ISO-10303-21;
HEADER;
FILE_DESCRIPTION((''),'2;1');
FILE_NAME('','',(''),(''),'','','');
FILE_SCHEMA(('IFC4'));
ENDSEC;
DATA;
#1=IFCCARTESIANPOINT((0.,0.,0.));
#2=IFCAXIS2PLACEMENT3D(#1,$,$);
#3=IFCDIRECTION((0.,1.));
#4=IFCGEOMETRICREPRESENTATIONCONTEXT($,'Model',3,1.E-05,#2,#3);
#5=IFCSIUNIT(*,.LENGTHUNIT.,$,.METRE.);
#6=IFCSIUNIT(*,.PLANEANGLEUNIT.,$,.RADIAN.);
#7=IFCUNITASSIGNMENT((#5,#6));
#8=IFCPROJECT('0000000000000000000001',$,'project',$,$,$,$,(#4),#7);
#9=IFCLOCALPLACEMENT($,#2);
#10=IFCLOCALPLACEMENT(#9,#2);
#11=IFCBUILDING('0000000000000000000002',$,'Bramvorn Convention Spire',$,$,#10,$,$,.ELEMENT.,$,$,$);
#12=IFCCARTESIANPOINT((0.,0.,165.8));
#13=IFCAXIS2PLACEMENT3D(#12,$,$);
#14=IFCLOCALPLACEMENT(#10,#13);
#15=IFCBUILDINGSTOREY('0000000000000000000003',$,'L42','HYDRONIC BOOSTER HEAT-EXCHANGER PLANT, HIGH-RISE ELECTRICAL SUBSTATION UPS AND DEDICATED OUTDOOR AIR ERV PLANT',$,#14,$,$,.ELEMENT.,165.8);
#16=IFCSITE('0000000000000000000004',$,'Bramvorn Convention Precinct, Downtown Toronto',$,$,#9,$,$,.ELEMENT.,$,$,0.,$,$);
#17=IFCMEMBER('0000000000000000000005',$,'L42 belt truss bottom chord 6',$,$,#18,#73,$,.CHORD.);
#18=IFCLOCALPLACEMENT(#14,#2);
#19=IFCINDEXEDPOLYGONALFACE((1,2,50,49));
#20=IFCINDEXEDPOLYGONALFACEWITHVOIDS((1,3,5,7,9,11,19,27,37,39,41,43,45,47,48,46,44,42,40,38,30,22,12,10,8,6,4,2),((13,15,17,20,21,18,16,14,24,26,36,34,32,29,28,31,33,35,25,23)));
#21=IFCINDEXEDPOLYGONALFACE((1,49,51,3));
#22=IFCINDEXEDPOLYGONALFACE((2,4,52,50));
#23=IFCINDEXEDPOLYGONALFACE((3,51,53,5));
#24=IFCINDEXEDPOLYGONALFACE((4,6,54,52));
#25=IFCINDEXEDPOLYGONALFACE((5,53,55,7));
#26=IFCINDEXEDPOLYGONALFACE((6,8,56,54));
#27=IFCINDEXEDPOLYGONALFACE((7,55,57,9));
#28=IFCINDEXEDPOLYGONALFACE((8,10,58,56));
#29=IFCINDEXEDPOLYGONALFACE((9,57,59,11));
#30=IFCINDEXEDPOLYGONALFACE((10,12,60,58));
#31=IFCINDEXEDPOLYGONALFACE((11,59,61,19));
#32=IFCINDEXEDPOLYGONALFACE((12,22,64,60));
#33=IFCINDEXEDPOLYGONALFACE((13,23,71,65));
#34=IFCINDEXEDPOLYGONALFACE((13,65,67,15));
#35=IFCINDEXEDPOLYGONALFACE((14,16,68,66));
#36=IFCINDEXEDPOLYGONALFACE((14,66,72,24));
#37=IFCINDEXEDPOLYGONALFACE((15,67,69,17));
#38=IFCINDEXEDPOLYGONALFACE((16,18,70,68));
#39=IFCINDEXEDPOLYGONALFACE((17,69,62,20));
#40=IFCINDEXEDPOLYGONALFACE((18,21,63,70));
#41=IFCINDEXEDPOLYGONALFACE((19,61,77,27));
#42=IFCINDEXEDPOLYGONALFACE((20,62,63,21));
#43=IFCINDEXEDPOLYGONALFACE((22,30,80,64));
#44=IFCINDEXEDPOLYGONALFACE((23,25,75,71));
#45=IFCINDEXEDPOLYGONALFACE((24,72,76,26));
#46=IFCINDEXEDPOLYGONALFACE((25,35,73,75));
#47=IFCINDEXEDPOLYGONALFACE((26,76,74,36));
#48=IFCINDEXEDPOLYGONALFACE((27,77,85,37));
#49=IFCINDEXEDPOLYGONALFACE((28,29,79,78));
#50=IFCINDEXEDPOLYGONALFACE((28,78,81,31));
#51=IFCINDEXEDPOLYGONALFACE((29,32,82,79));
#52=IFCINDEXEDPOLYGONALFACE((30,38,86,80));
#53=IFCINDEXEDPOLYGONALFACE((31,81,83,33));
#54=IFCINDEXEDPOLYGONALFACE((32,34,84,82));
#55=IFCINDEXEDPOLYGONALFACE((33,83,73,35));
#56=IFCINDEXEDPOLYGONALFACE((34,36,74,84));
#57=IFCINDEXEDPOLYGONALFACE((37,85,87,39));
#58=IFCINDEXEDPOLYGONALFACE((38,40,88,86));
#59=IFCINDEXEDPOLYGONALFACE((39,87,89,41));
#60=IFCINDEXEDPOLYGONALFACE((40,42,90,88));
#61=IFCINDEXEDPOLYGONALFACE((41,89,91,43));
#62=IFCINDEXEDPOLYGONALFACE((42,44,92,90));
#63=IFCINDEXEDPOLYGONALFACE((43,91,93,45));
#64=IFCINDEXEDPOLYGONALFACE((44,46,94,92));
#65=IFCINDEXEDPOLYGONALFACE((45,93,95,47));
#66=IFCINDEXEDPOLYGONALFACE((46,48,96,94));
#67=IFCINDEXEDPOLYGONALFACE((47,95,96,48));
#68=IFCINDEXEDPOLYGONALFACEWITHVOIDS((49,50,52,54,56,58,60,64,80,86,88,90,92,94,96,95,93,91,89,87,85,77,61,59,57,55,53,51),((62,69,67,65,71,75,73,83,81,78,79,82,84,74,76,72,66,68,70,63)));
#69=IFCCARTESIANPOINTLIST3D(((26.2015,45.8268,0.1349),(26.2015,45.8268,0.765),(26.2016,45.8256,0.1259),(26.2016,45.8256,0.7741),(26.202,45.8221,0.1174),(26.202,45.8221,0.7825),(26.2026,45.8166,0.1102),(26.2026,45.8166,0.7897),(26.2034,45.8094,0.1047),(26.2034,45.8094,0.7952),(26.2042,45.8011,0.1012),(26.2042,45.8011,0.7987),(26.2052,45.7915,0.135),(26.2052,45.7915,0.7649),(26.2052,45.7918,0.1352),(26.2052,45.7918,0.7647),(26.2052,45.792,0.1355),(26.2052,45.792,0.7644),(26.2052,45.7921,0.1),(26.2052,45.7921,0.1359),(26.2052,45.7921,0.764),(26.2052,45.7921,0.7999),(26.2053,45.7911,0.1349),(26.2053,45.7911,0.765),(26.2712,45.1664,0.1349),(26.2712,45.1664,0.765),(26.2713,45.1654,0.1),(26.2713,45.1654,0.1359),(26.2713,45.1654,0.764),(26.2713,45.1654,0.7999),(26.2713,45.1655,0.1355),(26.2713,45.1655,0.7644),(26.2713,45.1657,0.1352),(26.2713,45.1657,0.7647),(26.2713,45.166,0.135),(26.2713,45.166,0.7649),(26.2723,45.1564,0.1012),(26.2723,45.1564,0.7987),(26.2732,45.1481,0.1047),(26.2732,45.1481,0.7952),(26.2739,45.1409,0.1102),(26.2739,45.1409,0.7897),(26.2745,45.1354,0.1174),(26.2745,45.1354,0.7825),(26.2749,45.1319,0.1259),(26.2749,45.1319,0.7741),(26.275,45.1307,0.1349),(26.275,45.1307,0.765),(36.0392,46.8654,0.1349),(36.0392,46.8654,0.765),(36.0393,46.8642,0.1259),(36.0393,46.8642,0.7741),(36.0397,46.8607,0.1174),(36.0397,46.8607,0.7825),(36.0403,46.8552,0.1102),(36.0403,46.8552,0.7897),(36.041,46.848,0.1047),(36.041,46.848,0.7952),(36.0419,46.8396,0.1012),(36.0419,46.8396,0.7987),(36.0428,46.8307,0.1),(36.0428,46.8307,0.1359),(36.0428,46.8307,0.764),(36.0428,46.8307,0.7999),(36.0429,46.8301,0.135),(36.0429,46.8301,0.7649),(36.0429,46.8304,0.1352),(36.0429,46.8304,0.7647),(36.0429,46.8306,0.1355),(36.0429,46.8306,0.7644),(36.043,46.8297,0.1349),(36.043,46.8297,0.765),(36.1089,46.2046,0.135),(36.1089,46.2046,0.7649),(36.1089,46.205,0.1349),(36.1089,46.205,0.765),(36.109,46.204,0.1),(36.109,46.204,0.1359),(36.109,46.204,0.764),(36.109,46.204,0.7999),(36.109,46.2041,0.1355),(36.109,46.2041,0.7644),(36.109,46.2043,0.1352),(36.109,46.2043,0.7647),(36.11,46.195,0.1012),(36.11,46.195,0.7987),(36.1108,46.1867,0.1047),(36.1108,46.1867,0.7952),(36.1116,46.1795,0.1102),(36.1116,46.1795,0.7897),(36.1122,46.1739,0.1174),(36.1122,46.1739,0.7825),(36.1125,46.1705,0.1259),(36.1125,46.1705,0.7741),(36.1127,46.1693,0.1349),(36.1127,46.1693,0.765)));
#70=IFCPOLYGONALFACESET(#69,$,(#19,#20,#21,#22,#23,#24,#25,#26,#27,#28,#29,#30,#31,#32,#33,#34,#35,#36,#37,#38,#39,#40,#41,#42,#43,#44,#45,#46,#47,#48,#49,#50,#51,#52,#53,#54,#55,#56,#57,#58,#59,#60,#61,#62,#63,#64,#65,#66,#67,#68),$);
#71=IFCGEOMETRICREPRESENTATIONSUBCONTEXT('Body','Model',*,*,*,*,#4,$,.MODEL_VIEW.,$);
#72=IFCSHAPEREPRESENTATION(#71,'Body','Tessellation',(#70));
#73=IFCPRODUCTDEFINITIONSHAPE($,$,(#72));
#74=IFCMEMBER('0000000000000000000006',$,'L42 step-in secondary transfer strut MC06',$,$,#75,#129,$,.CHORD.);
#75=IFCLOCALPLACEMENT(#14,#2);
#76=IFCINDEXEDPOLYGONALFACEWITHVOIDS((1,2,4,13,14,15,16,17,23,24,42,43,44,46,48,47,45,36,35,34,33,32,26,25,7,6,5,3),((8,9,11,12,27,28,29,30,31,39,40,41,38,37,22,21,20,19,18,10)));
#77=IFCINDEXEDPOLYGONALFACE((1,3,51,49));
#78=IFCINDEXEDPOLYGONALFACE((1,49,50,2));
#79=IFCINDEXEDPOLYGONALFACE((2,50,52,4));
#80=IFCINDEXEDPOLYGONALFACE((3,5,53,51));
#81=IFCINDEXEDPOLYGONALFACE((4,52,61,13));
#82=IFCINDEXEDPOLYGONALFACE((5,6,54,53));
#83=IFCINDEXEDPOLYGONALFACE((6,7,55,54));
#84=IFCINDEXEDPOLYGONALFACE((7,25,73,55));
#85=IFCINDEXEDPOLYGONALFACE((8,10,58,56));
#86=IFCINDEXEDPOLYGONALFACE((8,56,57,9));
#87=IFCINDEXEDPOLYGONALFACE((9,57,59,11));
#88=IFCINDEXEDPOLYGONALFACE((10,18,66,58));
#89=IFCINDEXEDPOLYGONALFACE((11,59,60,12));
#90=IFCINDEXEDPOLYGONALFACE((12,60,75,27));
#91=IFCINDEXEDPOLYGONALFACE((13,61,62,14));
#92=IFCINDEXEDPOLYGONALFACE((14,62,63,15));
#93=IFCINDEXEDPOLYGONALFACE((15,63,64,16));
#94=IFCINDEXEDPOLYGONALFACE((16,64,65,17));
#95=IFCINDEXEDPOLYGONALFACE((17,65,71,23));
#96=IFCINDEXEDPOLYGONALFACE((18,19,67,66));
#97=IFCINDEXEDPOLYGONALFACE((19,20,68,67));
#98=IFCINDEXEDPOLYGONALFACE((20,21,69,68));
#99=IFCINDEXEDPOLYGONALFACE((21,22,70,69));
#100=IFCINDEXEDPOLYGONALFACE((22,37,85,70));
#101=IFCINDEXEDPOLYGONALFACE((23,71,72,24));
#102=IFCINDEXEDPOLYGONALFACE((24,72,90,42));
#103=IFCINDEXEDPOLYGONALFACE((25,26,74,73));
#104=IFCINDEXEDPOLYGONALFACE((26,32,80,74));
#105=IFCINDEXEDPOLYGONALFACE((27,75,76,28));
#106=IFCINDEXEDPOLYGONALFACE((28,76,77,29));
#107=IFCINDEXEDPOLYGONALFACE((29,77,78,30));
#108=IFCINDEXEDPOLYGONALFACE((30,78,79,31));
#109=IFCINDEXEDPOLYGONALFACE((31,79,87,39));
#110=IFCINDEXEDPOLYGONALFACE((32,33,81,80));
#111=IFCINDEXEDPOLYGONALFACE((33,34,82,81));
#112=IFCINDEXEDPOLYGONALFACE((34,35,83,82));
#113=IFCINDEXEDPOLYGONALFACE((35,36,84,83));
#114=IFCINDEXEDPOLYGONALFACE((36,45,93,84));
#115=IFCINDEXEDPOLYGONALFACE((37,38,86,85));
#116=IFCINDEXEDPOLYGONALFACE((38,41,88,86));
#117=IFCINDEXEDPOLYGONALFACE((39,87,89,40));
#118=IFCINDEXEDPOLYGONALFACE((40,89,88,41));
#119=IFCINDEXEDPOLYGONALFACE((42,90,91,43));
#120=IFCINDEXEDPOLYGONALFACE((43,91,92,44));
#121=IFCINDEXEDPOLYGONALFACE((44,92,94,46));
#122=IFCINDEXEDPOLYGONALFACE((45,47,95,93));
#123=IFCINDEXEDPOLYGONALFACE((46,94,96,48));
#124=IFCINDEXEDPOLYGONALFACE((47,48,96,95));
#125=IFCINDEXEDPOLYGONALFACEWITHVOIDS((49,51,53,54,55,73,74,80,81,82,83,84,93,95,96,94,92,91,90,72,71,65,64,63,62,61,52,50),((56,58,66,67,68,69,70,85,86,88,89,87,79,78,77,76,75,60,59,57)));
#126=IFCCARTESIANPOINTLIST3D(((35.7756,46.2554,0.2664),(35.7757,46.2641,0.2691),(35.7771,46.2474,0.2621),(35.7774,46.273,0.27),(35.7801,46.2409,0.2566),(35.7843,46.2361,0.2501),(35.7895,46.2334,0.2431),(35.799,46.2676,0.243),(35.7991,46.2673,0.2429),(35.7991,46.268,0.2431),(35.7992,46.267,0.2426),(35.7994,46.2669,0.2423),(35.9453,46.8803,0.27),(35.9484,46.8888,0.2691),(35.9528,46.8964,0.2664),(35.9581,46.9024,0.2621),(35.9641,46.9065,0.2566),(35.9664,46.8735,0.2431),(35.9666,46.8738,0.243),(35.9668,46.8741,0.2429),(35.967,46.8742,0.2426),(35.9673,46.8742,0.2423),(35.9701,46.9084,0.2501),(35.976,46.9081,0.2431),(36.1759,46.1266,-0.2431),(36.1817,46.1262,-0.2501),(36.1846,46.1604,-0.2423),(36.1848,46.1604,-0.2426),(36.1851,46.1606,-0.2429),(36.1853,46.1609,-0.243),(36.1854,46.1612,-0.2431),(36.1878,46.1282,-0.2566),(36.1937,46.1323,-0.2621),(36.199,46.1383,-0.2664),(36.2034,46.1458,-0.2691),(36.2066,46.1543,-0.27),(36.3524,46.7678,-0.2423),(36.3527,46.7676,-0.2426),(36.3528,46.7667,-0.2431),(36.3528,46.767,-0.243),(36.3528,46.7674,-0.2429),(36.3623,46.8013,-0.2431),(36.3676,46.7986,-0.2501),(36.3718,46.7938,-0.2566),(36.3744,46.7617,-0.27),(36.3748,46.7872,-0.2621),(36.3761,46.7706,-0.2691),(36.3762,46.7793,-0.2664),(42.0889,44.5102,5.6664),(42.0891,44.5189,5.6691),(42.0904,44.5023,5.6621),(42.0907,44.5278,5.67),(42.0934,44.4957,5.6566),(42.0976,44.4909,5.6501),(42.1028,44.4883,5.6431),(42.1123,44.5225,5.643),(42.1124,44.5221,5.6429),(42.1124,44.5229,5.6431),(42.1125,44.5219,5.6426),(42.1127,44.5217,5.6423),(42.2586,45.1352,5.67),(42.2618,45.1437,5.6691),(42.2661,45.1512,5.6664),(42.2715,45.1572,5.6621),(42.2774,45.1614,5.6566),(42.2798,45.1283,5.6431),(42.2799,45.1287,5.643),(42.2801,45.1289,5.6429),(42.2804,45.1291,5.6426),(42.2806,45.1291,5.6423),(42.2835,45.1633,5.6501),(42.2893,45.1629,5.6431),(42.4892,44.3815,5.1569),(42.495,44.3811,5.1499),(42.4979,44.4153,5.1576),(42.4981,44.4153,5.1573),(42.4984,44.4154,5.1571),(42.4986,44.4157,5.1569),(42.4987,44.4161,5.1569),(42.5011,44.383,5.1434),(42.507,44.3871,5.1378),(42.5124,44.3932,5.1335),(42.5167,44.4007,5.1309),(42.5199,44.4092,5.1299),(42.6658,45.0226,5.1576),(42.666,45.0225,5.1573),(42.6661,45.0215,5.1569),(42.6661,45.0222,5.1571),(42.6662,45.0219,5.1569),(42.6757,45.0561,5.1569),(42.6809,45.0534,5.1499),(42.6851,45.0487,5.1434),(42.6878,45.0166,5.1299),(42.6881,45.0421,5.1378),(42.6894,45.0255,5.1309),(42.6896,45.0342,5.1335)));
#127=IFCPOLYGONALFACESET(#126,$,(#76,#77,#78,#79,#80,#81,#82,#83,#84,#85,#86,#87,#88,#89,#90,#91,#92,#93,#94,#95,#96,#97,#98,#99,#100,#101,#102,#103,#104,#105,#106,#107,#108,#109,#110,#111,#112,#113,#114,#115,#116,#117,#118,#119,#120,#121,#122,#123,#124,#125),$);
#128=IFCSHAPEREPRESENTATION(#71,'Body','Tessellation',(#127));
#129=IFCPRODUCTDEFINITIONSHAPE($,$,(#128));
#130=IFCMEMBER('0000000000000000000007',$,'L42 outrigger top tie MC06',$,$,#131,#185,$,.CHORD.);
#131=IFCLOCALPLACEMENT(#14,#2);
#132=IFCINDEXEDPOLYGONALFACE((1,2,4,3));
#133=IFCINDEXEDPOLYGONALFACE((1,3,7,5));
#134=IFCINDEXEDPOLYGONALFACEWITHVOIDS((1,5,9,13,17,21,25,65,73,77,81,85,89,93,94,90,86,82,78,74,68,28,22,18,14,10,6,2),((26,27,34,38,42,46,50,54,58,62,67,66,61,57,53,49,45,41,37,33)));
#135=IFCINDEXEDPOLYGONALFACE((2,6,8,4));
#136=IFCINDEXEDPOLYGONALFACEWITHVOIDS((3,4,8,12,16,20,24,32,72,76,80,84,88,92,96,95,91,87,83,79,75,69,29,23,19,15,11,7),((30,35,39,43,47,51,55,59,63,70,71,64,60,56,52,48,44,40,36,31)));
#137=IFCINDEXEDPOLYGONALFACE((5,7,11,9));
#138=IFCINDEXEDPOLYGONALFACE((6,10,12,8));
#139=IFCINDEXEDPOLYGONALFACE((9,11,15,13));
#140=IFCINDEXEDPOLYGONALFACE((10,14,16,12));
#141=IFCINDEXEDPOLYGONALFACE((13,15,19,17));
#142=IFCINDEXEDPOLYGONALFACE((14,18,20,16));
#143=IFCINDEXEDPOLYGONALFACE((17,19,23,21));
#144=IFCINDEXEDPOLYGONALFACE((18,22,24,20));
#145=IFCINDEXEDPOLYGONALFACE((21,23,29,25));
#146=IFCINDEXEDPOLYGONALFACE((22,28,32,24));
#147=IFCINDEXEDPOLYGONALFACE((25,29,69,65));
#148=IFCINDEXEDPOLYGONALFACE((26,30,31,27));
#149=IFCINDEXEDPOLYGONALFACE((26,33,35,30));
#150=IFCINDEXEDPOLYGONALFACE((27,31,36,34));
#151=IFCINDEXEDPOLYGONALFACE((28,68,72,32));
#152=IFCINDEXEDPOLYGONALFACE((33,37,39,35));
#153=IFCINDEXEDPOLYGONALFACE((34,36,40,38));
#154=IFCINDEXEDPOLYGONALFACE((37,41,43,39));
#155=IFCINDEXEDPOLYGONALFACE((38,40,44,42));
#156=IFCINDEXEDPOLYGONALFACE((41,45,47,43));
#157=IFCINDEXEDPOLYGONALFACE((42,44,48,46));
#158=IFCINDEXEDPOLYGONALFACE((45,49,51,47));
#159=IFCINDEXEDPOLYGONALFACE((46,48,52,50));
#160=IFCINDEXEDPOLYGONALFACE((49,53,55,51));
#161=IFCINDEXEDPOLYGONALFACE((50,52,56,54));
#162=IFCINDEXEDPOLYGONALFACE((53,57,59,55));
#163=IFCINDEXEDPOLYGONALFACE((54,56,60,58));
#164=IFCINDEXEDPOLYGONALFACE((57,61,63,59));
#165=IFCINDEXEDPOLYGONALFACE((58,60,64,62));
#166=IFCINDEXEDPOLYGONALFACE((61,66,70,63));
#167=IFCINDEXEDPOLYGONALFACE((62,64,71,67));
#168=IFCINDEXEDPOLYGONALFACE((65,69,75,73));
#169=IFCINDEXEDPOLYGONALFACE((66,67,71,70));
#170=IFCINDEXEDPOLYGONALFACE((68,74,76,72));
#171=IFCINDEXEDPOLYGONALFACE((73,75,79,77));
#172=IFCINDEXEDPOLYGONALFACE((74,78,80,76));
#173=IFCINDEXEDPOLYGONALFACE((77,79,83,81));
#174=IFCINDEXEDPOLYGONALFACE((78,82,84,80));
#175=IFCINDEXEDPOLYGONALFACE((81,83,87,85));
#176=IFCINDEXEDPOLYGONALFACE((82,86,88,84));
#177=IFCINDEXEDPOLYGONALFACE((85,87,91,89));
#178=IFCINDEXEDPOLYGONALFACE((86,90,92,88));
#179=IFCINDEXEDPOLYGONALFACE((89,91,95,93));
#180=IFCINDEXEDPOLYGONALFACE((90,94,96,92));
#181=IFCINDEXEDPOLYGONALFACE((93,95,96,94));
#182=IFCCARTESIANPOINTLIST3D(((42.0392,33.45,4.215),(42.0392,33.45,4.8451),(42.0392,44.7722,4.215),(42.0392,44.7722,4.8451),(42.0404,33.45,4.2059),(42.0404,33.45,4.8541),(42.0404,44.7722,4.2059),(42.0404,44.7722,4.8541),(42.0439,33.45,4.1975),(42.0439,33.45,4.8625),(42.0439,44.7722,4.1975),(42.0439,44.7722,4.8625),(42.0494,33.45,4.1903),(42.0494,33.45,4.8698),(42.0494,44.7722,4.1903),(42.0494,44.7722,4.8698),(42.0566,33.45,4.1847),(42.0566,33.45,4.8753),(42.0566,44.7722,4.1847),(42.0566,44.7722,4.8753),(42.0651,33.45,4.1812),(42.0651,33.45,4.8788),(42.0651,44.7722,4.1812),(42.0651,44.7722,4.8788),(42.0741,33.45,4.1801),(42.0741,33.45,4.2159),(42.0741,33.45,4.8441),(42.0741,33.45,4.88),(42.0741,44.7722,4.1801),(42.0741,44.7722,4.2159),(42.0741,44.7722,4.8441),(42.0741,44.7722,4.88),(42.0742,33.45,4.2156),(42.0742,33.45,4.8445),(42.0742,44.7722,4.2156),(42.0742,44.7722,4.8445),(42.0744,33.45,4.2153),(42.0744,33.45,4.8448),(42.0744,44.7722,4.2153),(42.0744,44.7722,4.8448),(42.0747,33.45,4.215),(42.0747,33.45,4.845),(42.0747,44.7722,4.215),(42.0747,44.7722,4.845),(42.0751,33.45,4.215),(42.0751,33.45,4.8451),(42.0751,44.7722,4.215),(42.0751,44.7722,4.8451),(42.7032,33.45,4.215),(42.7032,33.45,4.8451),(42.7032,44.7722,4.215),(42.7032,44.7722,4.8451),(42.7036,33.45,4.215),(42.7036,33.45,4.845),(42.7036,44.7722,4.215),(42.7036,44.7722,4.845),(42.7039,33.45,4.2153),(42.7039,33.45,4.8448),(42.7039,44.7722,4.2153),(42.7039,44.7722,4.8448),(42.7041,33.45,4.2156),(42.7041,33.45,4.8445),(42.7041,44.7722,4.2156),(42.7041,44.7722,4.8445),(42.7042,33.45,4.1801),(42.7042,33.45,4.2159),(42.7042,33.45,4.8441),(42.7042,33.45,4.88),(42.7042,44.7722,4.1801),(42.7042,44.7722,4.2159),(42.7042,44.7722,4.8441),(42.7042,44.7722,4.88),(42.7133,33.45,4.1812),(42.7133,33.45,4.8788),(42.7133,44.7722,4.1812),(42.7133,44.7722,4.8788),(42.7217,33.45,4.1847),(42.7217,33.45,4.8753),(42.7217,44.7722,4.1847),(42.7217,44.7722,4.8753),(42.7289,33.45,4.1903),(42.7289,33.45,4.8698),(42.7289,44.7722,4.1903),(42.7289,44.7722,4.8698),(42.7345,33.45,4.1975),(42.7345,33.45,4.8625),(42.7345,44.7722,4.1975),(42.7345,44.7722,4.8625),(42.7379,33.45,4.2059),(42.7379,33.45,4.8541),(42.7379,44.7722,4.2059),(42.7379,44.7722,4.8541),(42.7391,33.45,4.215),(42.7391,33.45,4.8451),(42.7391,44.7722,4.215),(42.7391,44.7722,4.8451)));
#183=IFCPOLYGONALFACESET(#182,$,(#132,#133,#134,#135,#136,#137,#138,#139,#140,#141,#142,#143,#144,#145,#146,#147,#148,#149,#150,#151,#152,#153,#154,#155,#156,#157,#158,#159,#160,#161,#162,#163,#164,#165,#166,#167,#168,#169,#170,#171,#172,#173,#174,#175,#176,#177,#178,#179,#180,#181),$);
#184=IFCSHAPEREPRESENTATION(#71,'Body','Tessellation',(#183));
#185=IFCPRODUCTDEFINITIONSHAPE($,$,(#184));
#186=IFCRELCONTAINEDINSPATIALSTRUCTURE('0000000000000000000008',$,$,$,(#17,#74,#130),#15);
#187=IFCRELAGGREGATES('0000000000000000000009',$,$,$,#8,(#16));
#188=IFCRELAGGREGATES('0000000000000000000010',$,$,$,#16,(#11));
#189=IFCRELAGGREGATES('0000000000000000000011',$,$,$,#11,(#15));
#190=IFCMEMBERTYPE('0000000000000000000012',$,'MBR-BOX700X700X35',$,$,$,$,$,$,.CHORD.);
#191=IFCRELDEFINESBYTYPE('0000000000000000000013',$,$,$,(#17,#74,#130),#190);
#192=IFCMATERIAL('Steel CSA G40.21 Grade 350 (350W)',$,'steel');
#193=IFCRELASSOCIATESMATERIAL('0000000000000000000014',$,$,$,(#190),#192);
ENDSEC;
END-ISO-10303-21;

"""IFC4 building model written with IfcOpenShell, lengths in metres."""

from ifc_helpers import new_model, si_unit, direction, frame, origin, origin_2d, place, context, subcontext, project, spatial, hollow_rectangle, extrude, material, material_profile, profile_set, type_object, element, save


model = new_model("IFC4")

# Units and contexts
model_context = context("Model", 3, precision=1e-05, world=origin(), true_north=direction((0.0, 1.0)))
body_context = subcontext(model_context, "Body", "Model", "MODEL_VIEW")
ifc_project = project(units=[si_unit("LENGTHUNIT", "METRE"), si_unit("PLANEANGLEUNIT", "RADIAN")], contexts=[model_context])

# Site, building, storey
site_placement = place(None, origin())
site = spatial("IfcSite", under=ifc_project, at=site_placement, Name="Bramvorn Convention Precinct, Downtown Toronto", CompositionType="ELEMENT", RefElevation=0.0)
building_placement = place(site_placement, origin())
building = spatial("IfcBuilding", under=site, at=building_placement, Name="Bramvorn Convention Spire", CompositionType="ELEMENT")
storey_placement = place(building_placement, frame((0.0, 0.0, 165.8)))
storey = spatial("IfcBuildingStorey", under=building, at=storey_placement, Name="L42", Description="HYDRONIC BOOSTER HEAT-EXCHANGER PLANT, HIGH-RISE ELECTRICAL SUBSTATION UPS AND DEDICATED OUTDOOR AIR ERV PLANT", CompositionType="ELEMENT", Elevation=165.8)

# Shared definitions
ifc_material_1 = material(Name="Steel CSA G40.21 Grade 350 (350W)", Category="steel")

# Members
ifc_material_profile_1 = material_profile(ifc_material_1, hollow_rectangle(XDim=0.7, YDim=0.7, WallThickness=0.0349, InnerFilletRadius=0.001, OuterFilletRadius=0.0349, at=origin_2d()))
ifc_profile_set_1 = profile_set([ifc_material_profile_1], Name="Steel CSA G40.21 Grade 350 (350W) - BOX700X700X35")
member_type_1 = type_object("IfcMemberType", Name="MBR-BOX700X700X35", PredefinedType="CHORD", material=ifc_profile_set_1)
member_1_placement = place(storey_placement, frame((36.0759, 46.5173, 0.45), z_axis=(-0.994473, -0.104988, 0.0), x_axis=(0.104988, -0.994473, 0.0)))
element("IfcMember", 1, at=member_1_placement, inside=storey, type_object=member_type_1, Name="L42 belt truss bottom chord 6", PredefinedType="CHORD", context=body_context, shape_type="SweptSolid", body=[
    extrude(hollow_rectangle(XDim=0.7, YDim=0.7, WallThickness=0.0349, InnerFilletRadius=0.001, OuterFilletRadius=0.0349, at=origin_2d()), origin(), (0.0, 0.0, 1.0), 9.8923),
])
member_2_placement = place(storey_placement, frame((36.0759, 46.5173, 0.0), z_axis=(0.743705, -0.205577, 0.636114), x_axis=(0.266431, 0.963854, 0.0)))
element("IfcMember", 2, at=member_2_placement, inside=storey, type_object=member_type_1, Name="L42 step-in secondary transfer strut MC06", PredefinedType="CHORD", context=body_context, shape_type="SweptSolid", body=[
    extrude(hollow_rectangle(XDim=0.7, YDim=0.7, WallThickness=0.0349, InnerFilletRadius=0.001, OuterFilletRadius=0.0349, at=origin_2d()), origin(), (0.0, 0.0, 1.0), 8.489),
])
member_3_placement = place(storey_placement, frame((42.3892, 33.45, 4.53), z_axis=(0.0, 1.0, 0.0), x_axis=(-1.0, 0.0, 0.0)))
element("IfcMember", 3, at=member_3_placement, inside=storey, type_object=member_type_1, Name="L42 outrigger top tie MC06", PredefinedType="CHORD", context=body_context, shape_type="SweptSolid", body=[
    extrude(hollow_rectangle(XDim=0.7, YDim=0.7, WallThickness=0.0349, InnerFilletRadius=0.001, OuterFilletRadius=0.0349, at=origin_2d()), origin(), (0.0, 0.0, 1.0), 11.3223),
])

save(model, "model.ifc")
